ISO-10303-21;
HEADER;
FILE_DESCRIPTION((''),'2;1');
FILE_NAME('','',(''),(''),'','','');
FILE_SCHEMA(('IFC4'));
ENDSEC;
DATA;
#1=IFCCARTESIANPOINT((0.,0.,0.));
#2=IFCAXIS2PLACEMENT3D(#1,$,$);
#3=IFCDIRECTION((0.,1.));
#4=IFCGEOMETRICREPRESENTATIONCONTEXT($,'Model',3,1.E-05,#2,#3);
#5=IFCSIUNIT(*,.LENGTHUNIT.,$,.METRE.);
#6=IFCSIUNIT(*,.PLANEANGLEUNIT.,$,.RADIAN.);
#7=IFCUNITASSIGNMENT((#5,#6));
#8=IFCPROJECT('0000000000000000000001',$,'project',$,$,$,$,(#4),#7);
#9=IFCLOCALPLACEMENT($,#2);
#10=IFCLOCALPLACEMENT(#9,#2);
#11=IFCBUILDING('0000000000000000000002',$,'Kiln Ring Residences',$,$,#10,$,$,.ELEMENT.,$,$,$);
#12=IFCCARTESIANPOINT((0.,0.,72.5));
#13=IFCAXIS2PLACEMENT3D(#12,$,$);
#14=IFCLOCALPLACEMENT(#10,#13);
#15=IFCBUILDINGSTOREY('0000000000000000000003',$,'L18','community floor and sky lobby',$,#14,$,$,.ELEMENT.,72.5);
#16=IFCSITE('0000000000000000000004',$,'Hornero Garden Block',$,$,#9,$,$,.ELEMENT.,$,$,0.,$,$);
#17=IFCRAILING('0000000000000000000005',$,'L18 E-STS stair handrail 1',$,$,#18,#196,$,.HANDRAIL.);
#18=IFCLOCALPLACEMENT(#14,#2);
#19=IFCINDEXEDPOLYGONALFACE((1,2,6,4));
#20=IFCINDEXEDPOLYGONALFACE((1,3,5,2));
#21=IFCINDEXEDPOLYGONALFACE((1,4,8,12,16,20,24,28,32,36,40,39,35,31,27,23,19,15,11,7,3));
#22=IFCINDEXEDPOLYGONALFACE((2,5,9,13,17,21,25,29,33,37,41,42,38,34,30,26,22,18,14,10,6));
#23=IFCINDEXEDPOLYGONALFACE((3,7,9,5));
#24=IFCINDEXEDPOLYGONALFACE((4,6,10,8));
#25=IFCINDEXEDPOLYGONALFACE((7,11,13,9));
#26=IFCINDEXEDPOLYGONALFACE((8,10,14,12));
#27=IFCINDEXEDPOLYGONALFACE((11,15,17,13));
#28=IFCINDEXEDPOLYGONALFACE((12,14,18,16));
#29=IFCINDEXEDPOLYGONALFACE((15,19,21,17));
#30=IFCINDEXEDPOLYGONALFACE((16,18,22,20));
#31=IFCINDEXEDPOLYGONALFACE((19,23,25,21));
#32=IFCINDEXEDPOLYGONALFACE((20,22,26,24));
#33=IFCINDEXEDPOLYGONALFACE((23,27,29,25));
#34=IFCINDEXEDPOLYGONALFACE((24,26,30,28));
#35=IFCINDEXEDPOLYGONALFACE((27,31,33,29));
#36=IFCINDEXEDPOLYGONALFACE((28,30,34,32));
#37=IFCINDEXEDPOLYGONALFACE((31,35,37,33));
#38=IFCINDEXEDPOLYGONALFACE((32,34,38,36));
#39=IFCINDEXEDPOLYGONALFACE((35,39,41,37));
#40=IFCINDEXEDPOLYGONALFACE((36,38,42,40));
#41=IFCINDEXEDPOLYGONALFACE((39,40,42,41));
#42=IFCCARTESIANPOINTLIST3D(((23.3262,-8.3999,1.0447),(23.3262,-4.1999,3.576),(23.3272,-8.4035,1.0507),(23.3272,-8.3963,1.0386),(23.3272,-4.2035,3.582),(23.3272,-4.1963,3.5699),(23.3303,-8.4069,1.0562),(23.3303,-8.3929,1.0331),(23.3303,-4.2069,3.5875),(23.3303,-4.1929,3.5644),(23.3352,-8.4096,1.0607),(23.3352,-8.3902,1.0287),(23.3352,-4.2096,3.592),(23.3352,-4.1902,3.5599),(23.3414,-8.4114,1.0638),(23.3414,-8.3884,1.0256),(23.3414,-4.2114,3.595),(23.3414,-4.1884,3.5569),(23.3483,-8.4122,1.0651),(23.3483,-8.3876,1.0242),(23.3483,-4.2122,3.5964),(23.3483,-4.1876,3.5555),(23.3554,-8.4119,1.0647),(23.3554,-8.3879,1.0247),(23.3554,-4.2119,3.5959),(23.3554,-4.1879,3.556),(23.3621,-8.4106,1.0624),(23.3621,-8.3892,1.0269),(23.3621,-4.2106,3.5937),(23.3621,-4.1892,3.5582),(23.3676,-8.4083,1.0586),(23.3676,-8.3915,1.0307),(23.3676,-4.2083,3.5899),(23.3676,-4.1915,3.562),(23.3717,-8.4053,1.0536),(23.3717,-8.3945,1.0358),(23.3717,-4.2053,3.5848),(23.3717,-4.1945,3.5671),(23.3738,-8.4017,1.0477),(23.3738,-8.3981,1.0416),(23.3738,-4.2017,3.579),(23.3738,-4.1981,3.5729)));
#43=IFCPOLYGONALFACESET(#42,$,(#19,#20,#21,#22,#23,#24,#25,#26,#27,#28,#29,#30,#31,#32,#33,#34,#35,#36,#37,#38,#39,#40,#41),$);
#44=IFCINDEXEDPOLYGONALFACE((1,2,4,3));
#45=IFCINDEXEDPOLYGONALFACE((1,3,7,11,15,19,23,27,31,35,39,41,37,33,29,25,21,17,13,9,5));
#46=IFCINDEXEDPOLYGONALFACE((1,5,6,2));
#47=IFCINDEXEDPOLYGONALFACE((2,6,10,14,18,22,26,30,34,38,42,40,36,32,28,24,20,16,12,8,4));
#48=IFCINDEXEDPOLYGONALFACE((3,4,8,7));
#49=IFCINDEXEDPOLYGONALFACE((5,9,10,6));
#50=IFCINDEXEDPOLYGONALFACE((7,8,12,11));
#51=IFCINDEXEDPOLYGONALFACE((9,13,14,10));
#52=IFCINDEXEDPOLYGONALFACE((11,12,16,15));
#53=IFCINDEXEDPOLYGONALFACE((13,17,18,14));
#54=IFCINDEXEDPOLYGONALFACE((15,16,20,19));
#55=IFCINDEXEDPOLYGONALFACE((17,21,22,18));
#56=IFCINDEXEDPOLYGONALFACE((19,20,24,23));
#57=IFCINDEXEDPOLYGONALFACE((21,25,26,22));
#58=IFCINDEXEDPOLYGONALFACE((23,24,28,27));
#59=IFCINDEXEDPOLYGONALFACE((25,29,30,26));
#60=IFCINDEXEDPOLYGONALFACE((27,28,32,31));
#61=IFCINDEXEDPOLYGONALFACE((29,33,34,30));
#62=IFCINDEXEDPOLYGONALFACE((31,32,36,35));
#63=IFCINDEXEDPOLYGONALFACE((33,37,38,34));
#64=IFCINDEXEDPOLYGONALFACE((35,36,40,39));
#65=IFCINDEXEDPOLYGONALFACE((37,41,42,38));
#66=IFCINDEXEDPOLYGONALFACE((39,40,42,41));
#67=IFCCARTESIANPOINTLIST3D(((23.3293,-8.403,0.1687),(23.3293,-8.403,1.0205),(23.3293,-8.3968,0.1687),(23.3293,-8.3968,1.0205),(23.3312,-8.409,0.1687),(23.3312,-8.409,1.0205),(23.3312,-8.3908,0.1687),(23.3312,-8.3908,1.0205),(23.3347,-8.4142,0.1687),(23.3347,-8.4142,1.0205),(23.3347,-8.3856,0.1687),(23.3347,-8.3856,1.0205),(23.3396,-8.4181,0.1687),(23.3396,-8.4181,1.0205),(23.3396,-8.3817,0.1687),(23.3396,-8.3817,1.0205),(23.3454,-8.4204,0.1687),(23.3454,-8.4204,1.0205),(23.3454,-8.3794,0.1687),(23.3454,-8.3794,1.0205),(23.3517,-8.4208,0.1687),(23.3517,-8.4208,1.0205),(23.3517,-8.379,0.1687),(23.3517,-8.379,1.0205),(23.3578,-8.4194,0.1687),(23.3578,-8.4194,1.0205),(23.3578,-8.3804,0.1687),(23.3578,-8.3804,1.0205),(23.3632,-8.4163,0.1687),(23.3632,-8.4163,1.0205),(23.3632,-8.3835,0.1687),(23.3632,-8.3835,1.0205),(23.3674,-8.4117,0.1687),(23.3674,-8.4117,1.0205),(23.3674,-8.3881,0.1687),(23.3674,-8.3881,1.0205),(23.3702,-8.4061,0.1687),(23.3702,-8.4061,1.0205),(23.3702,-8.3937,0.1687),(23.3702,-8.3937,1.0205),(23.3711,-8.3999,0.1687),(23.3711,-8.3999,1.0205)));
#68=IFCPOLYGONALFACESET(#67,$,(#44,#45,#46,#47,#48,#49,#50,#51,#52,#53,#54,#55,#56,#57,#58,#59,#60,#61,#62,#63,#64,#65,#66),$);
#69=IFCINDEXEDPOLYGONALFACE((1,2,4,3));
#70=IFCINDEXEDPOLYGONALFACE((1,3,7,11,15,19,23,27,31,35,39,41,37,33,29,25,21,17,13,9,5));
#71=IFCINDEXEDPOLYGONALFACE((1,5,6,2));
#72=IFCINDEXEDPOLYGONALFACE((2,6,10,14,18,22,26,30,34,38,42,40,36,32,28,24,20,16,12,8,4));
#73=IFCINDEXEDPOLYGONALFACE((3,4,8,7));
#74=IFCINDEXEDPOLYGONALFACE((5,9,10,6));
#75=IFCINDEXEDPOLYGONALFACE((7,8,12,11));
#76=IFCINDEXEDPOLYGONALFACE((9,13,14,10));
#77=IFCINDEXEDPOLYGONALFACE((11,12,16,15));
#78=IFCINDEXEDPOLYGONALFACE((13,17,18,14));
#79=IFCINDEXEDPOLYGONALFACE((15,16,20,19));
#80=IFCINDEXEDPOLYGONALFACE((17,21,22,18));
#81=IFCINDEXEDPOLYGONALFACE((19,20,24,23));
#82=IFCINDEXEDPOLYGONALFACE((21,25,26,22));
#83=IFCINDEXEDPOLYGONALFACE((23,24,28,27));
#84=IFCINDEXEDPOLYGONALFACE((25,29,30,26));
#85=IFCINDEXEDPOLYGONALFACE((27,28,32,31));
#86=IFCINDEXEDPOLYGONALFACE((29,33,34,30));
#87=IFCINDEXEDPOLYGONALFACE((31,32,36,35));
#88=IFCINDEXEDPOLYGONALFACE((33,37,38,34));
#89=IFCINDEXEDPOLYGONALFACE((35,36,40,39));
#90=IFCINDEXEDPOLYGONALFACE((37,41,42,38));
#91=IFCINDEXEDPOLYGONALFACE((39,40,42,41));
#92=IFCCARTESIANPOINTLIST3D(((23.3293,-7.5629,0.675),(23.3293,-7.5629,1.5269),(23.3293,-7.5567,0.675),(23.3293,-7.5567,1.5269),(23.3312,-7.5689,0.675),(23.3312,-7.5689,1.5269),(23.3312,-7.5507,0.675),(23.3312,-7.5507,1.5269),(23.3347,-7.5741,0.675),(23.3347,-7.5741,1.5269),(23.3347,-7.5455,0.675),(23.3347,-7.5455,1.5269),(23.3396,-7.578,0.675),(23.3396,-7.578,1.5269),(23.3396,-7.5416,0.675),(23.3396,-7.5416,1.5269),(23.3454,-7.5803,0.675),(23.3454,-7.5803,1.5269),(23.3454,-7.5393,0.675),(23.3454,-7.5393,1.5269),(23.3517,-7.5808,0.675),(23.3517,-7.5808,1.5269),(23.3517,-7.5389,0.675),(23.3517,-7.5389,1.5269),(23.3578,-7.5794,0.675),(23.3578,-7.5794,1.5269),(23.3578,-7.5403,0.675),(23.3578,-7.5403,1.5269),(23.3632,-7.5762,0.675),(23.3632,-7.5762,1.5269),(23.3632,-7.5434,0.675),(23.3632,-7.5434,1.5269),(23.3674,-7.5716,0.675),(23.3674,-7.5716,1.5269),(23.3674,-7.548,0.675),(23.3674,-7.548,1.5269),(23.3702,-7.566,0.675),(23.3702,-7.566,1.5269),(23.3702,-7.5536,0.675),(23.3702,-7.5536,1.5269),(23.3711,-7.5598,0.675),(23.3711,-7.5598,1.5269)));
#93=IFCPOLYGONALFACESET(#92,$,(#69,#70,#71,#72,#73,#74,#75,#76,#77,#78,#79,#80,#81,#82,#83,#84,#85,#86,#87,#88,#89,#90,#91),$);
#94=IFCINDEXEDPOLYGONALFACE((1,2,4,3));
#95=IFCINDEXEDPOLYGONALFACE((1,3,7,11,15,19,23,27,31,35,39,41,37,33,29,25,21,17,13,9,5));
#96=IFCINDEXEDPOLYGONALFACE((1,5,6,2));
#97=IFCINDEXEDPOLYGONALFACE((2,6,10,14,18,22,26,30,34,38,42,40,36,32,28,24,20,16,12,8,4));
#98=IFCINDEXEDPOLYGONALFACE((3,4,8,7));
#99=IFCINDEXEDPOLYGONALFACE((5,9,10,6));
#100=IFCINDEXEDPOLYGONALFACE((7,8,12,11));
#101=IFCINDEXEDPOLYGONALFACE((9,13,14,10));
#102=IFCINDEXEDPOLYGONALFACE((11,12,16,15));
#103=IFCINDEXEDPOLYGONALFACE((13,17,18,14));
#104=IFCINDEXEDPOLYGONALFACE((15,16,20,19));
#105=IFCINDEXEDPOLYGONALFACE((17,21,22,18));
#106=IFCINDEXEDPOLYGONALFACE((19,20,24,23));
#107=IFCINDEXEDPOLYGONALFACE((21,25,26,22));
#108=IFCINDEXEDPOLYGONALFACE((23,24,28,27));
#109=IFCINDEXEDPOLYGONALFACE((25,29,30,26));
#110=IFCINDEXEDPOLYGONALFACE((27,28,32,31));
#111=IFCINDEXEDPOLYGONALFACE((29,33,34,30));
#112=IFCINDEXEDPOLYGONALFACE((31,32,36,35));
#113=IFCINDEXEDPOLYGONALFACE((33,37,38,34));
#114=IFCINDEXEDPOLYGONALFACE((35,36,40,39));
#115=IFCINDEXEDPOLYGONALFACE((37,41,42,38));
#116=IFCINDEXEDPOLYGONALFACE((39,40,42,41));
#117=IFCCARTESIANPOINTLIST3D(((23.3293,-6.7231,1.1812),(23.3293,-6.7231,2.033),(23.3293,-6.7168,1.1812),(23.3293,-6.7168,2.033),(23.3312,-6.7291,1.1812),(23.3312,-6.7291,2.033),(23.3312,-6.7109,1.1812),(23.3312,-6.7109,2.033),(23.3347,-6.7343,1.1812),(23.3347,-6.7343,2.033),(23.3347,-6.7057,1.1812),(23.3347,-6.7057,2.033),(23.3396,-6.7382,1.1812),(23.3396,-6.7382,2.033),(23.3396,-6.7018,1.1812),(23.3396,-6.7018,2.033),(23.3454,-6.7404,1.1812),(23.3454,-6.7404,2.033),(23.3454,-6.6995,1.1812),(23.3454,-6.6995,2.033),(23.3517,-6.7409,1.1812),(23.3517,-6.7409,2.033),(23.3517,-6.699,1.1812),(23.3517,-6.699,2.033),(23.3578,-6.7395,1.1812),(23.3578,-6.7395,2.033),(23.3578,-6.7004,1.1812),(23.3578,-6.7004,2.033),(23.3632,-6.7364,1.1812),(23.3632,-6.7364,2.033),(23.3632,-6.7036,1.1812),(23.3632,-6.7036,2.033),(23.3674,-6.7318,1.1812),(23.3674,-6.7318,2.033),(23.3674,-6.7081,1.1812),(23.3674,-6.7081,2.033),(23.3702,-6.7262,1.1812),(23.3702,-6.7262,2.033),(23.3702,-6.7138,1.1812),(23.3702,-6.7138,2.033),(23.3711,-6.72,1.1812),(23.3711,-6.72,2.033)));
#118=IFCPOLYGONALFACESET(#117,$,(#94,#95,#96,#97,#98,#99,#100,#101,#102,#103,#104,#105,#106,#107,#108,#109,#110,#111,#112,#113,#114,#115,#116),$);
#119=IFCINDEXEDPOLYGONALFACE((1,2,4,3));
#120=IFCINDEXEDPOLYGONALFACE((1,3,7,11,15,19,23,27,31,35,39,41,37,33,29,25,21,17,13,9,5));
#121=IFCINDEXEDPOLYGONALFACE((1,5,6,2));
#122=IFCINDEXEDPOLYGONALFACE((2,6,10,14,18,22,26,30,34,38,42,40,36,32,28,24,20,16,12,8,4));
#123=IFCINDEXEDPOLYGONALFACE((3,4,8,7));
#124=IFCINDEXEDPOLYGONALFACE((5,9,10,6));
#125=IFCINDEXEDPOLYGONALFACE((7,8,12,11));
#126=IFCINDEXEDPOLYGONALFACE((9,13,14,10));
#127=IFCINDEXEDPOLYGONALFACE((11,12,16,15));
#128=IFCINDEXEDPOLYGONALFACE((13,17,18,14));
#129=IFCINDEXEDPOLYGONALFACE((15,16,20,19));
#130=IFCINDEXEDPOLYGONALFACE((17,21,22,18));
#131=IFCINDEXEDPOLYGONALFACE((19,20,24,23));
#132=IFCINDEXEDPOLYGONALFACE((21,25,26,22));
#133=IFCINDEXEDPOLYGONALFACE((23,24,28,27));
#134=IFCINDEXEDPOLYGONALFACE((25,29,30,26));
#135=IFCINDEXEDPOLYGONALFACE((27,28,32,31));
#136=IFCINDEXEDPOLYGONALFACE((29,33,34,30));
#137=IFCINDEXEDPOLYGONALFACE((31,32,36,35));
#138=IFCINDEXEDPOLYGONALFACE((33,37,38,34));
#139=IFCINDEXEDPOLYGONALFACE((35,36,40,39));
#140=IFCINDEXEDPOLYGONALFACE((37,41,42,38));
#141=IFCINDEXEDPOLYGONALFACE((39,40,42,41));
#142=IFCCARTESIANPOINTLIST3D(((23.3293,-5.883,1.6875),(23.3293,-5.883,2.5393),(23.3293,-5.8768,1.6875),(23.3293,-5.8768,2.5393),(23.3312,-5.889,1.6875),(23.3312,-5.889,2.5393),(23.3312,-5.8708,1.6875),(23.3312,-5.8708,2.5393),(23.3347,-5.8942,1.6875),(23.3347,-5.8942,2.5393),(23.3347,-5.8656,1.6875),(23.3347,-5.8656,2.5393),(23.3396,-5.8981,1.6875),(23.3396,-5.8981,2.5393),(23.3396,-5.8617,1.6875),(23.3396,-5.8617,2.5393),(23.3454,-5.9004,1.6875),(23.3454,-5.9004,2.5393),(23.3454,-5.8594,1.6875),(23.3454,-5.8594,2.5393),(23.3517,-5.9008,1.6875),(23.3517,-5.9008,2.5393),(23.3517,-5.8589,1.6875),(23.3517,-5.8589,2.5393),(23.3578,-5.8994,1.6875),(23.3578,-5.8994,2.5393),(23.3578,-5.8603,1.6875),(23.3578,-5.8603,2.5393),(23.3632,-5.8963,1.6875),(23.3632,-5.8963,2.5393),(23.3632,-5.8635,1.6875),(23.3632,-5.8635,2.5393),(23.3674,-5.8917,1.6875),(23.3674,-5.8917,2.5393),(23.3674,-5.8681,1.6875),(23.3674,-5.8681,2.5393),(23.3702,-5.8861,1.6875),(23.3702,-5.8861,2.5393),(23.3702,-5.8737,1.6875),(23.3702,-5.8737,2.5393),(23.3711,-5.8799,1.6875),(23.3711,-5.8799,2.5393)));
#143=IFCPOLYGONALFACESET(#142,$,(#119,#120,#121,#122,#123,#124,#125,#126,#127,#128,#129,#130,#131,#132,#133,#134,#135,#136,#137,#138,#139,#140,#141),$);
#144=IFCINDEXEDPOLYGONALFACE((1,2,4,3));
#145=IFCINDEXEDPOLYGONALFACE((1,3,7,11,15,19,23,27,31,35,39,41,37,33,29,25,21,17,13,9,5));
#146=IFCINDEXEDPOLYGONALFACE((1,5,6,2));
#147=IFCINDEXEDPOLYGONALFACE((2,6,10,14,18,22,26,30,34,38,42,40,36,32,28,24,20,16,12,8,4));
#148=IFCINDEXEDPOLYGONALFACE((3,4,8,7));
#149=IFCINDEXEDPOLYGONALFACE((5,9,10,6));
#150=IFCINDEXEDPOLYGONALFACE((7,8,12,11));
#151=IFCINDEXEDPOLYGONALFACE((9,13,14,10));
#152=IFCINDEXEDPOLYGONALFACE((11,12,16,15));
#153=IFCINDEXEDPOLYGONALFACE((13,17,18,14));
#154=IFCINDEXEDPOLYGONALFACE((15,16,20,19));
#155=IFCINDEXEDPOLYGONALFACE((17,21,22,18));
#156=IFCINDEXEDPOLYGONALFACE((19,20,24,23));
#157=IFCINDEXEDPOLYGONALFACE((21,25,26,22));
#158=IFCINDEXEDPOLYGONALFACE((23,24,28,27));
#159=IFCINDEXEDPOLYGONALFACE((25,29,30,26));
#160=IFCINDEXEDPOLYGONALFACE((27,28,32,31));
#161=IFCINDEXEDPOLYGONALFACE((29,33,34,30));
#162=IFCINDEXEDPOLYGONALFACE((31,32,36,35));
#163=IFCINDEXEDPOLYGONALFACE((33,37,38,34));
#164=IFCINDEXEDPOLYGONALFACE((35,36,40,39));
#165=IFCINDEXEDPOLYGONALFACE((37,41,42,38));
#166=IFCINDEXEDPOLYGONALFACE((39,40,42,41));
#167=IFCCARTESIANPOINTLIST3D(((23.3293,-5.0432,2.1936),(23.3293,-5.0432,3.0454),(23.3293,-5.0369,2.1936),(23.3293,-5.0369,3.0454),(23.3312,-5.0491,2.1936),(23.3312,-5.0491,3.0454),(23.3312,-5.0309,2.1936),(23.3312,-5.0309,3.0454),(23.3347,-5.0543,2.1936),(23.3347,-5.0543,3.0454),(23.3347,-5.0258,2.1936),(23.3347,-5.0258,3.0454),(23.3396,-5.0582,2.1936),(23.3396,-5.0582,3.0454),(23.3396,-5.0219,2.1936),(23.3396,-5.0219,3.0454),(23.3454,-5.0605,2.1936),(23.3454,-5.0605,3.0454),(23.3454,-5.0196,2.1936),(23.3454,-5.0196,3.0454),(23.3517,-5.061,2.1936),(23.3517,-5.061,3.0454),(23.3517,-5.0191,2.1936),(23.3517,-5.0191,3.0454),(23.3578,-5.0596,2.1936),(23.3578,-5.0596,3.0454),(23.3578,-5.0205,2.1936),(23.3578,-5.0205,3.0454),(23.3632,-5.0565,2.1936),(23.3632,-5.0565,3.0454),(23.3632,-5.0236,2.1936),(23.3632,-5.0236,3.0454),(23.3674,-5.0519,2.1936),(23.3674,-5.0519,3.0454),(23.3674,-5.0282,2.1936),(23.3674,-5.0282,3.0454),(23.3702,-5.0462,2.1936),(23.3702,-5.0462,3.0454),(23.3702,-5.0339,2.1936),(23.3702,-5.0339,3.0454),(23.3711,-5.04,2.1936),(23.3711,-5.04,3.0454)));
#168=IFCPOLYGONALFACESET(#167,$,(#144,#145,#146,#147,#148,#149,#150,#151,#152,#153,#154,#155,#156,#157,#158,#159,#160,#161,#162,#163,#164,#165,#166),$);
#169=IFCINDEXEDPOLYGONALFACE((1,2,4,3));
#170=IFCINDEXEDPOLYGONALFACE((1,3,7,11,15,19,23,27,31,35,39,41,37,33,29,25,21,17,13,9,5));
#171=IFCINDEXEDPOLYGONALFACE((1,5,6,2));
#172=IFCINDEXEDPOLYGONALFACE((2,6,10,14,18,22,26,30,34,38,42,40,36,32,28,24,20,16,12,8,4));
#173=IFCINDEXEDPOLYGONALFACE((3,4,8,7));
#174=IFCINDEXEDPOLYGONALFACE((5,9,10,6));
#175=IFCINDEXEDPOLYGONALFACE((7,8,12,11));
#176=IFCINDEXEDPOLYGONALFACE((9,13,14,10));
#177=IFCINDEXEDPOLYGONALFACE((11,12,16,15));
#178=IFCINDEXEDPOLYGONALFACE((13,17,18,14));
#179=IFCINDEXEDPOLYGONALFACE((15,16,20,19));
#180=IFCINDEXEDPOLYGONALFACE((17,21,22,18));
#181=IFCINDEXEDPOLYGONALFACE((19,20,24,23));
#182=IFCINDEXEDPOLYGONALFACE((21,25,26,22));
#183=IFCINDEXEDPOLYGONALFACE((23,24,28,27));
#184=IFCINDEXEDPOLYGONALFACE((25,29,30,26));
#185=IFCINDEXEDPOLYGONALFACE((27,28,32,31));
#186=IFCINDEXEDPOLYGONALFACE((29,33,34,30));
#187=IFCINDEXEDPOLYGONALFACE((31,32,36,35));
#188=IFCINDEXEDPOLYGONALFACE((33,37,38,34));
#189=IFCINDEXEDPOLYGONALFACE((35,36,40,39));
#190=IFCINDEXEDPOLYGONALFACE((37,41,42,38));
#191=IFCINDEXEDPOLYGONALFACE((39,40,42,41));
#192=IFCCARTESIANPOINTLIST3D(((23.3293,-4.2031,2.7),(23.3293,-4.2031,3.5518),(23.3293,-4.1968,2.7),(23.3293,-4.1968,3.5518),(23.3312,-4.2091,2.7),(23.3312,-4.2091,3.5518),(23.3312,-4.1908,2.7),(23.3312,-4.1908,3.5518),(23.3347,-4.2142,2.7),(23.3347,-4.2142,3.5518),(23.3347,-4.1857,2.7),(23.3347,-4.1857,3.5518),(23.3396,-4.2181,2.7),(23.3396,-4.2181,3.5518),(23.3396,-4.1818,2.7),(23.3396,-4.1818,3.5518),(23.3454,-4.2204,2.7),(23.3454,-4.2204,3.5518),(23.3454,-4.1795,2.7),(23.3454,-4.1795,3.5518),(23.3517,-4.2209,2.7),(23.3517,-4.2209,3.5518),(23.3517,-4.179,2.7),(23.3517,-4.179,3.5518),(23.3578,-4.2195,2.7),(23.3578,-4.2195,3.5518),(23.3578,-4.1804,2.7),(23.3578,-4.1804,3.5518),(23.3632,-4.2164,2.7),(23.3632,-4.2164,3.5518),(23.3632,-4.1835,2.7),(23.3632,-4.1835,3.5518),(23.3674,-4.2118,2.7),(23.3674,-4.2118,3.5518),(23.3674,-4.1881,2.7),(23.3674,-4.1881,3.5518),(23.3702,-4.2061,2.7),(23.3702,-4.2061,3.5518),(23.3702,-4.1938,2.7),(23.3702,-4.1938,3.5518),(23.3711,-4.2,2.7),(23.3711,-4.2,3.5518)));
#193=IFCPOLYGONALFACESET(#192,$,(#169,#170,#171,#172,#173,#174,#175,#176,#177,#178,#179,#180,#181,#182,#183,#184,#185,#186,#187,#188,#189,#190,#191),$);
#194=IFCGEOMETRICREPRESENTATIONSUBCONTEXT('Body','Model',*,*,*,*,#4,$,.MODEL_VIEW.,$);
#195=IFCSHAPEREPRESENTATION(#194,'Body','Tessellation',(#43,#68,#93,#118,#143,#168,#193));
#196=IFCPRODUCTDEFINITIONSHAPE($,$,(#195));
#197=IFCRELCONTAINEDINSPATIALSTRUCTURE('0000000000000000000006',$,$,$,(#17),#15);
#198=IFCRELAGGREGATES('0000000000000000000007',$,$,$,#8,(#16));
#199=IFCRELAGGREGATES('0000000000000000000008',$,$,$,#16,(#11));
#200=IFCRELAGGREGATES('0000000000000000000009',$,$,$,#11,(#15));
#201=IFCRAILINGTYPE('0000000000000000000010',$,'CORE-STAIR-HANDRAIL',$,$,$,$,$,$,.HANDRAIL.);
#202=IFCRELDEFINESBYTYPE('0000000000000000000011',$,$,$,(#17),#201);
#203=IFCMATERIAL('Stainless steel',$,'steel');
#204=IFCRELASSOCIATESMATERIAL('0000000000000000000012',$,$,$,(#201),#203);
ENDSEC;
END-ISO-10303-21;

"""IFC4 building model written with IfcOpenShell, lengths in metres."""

from ifc_helpers import new_model, si_unit, direction, frame, origin, origin_2d, place, context, subcontext, project, spatial, circle, extrude, material, type_object, element, save


model = new_model("IFC4")

# Units and contexts
model_context = context("Model", 3, precision=1e-05, world=origin(), true_north=direction((0.0, 1.0)))
body_context = subcontext(model_context, "Body", "Model", "MODEL_VIEW")
ifc_project = project(units=[si_unit("LENGTHUNIT", "METRE"), si_unit("PLANEANGLEUNIT", "RADIAN")], contexts=[model_context])

# Site, building, storey
site_placement = place(None, origin())
site = spatial("IfcSite", under=ifc_project, at=site_placement, Name="Hornero Garden Block", CompositionType="ELEMENT", RefElevation=0.0)
building_placement = place(site_placement, origin())
building = spatial("IfcBuilding", under=site, at=building_placement, Name="Kiln Ring Residences", CompositionType="ELEMENT")
storey_placement = place(building_placement, frame((0.0, 0.0, 72.5)))
storey = spatial("IfcBuildingStorey", under=building, at=storey_placement, Name="L18", Description="community floor and sky lobby", CompositionType="ELEMENT", Elevation=72.5)

# Railing
ifc_material_1 = material(Name="Stainless steel", Category="steel")
railing_type_1 = type_object("IfcRailingType", Name="CORE-STAIR-HANDRAIL", PredefinedType="HANDRAIL", material=ifc_material_1)
railing_1_placement = place(storey_placement, frame((23.3501, -8.3999, 0.1687)))
element("IfcRailing", 1, at=railing_1_placement, inside=storey, type_object=railing_type_1, Name="L18 E-STS stair handrail 1", PredefinedType="HANDRAIL", context=body_context, shape_type="SweptSolid", body=[
    extrude(circle(Radius=0.0239, at=origin_2d()), frame((0.0, 0.0, 0.876), z_axis=(0.0, 0.856476, 0.516186), x_axis=(-1.0, 0.0, 0.0)), (0.0, 0.0, 1.0), 4.9038),
    extrude(circle(Radius=0.021, at=origin_2d()), origin(), (0.0, 0.0, 1.0), 0.8518),
    extrude(circle(Radius=0.021, at=origin_2d()), frame((0.0, 0.8401, 0.5063)), (0.0, 0.0, 1.0), 0.8518),
    extrude(circle(Radius=0.021, at=origin_2d()), frame((0.0, 1.6799, 1.0125)), (0.0, 0.0, 1.0), 0.8518),
    extrude(circle(Radius=0.021, at=origin_2d()), frame((0.0, 2.52, 1.5188)), (0.0, 0.0, 1.0), 0.8518),
    extrude(circle(Radius=0.021, at=origin_2d()), frame((0.0, 3.3599, 2.0249)), (0.0, 0.0, 1.0), 0.8518),
    extrude(circle(Radius=0.021, at=origin_2d()), frame((0.0, 4.2, 2.5312)), (0.0, 0.0, 1.0), 0.8518),
])

save(model, "model.ifc")
